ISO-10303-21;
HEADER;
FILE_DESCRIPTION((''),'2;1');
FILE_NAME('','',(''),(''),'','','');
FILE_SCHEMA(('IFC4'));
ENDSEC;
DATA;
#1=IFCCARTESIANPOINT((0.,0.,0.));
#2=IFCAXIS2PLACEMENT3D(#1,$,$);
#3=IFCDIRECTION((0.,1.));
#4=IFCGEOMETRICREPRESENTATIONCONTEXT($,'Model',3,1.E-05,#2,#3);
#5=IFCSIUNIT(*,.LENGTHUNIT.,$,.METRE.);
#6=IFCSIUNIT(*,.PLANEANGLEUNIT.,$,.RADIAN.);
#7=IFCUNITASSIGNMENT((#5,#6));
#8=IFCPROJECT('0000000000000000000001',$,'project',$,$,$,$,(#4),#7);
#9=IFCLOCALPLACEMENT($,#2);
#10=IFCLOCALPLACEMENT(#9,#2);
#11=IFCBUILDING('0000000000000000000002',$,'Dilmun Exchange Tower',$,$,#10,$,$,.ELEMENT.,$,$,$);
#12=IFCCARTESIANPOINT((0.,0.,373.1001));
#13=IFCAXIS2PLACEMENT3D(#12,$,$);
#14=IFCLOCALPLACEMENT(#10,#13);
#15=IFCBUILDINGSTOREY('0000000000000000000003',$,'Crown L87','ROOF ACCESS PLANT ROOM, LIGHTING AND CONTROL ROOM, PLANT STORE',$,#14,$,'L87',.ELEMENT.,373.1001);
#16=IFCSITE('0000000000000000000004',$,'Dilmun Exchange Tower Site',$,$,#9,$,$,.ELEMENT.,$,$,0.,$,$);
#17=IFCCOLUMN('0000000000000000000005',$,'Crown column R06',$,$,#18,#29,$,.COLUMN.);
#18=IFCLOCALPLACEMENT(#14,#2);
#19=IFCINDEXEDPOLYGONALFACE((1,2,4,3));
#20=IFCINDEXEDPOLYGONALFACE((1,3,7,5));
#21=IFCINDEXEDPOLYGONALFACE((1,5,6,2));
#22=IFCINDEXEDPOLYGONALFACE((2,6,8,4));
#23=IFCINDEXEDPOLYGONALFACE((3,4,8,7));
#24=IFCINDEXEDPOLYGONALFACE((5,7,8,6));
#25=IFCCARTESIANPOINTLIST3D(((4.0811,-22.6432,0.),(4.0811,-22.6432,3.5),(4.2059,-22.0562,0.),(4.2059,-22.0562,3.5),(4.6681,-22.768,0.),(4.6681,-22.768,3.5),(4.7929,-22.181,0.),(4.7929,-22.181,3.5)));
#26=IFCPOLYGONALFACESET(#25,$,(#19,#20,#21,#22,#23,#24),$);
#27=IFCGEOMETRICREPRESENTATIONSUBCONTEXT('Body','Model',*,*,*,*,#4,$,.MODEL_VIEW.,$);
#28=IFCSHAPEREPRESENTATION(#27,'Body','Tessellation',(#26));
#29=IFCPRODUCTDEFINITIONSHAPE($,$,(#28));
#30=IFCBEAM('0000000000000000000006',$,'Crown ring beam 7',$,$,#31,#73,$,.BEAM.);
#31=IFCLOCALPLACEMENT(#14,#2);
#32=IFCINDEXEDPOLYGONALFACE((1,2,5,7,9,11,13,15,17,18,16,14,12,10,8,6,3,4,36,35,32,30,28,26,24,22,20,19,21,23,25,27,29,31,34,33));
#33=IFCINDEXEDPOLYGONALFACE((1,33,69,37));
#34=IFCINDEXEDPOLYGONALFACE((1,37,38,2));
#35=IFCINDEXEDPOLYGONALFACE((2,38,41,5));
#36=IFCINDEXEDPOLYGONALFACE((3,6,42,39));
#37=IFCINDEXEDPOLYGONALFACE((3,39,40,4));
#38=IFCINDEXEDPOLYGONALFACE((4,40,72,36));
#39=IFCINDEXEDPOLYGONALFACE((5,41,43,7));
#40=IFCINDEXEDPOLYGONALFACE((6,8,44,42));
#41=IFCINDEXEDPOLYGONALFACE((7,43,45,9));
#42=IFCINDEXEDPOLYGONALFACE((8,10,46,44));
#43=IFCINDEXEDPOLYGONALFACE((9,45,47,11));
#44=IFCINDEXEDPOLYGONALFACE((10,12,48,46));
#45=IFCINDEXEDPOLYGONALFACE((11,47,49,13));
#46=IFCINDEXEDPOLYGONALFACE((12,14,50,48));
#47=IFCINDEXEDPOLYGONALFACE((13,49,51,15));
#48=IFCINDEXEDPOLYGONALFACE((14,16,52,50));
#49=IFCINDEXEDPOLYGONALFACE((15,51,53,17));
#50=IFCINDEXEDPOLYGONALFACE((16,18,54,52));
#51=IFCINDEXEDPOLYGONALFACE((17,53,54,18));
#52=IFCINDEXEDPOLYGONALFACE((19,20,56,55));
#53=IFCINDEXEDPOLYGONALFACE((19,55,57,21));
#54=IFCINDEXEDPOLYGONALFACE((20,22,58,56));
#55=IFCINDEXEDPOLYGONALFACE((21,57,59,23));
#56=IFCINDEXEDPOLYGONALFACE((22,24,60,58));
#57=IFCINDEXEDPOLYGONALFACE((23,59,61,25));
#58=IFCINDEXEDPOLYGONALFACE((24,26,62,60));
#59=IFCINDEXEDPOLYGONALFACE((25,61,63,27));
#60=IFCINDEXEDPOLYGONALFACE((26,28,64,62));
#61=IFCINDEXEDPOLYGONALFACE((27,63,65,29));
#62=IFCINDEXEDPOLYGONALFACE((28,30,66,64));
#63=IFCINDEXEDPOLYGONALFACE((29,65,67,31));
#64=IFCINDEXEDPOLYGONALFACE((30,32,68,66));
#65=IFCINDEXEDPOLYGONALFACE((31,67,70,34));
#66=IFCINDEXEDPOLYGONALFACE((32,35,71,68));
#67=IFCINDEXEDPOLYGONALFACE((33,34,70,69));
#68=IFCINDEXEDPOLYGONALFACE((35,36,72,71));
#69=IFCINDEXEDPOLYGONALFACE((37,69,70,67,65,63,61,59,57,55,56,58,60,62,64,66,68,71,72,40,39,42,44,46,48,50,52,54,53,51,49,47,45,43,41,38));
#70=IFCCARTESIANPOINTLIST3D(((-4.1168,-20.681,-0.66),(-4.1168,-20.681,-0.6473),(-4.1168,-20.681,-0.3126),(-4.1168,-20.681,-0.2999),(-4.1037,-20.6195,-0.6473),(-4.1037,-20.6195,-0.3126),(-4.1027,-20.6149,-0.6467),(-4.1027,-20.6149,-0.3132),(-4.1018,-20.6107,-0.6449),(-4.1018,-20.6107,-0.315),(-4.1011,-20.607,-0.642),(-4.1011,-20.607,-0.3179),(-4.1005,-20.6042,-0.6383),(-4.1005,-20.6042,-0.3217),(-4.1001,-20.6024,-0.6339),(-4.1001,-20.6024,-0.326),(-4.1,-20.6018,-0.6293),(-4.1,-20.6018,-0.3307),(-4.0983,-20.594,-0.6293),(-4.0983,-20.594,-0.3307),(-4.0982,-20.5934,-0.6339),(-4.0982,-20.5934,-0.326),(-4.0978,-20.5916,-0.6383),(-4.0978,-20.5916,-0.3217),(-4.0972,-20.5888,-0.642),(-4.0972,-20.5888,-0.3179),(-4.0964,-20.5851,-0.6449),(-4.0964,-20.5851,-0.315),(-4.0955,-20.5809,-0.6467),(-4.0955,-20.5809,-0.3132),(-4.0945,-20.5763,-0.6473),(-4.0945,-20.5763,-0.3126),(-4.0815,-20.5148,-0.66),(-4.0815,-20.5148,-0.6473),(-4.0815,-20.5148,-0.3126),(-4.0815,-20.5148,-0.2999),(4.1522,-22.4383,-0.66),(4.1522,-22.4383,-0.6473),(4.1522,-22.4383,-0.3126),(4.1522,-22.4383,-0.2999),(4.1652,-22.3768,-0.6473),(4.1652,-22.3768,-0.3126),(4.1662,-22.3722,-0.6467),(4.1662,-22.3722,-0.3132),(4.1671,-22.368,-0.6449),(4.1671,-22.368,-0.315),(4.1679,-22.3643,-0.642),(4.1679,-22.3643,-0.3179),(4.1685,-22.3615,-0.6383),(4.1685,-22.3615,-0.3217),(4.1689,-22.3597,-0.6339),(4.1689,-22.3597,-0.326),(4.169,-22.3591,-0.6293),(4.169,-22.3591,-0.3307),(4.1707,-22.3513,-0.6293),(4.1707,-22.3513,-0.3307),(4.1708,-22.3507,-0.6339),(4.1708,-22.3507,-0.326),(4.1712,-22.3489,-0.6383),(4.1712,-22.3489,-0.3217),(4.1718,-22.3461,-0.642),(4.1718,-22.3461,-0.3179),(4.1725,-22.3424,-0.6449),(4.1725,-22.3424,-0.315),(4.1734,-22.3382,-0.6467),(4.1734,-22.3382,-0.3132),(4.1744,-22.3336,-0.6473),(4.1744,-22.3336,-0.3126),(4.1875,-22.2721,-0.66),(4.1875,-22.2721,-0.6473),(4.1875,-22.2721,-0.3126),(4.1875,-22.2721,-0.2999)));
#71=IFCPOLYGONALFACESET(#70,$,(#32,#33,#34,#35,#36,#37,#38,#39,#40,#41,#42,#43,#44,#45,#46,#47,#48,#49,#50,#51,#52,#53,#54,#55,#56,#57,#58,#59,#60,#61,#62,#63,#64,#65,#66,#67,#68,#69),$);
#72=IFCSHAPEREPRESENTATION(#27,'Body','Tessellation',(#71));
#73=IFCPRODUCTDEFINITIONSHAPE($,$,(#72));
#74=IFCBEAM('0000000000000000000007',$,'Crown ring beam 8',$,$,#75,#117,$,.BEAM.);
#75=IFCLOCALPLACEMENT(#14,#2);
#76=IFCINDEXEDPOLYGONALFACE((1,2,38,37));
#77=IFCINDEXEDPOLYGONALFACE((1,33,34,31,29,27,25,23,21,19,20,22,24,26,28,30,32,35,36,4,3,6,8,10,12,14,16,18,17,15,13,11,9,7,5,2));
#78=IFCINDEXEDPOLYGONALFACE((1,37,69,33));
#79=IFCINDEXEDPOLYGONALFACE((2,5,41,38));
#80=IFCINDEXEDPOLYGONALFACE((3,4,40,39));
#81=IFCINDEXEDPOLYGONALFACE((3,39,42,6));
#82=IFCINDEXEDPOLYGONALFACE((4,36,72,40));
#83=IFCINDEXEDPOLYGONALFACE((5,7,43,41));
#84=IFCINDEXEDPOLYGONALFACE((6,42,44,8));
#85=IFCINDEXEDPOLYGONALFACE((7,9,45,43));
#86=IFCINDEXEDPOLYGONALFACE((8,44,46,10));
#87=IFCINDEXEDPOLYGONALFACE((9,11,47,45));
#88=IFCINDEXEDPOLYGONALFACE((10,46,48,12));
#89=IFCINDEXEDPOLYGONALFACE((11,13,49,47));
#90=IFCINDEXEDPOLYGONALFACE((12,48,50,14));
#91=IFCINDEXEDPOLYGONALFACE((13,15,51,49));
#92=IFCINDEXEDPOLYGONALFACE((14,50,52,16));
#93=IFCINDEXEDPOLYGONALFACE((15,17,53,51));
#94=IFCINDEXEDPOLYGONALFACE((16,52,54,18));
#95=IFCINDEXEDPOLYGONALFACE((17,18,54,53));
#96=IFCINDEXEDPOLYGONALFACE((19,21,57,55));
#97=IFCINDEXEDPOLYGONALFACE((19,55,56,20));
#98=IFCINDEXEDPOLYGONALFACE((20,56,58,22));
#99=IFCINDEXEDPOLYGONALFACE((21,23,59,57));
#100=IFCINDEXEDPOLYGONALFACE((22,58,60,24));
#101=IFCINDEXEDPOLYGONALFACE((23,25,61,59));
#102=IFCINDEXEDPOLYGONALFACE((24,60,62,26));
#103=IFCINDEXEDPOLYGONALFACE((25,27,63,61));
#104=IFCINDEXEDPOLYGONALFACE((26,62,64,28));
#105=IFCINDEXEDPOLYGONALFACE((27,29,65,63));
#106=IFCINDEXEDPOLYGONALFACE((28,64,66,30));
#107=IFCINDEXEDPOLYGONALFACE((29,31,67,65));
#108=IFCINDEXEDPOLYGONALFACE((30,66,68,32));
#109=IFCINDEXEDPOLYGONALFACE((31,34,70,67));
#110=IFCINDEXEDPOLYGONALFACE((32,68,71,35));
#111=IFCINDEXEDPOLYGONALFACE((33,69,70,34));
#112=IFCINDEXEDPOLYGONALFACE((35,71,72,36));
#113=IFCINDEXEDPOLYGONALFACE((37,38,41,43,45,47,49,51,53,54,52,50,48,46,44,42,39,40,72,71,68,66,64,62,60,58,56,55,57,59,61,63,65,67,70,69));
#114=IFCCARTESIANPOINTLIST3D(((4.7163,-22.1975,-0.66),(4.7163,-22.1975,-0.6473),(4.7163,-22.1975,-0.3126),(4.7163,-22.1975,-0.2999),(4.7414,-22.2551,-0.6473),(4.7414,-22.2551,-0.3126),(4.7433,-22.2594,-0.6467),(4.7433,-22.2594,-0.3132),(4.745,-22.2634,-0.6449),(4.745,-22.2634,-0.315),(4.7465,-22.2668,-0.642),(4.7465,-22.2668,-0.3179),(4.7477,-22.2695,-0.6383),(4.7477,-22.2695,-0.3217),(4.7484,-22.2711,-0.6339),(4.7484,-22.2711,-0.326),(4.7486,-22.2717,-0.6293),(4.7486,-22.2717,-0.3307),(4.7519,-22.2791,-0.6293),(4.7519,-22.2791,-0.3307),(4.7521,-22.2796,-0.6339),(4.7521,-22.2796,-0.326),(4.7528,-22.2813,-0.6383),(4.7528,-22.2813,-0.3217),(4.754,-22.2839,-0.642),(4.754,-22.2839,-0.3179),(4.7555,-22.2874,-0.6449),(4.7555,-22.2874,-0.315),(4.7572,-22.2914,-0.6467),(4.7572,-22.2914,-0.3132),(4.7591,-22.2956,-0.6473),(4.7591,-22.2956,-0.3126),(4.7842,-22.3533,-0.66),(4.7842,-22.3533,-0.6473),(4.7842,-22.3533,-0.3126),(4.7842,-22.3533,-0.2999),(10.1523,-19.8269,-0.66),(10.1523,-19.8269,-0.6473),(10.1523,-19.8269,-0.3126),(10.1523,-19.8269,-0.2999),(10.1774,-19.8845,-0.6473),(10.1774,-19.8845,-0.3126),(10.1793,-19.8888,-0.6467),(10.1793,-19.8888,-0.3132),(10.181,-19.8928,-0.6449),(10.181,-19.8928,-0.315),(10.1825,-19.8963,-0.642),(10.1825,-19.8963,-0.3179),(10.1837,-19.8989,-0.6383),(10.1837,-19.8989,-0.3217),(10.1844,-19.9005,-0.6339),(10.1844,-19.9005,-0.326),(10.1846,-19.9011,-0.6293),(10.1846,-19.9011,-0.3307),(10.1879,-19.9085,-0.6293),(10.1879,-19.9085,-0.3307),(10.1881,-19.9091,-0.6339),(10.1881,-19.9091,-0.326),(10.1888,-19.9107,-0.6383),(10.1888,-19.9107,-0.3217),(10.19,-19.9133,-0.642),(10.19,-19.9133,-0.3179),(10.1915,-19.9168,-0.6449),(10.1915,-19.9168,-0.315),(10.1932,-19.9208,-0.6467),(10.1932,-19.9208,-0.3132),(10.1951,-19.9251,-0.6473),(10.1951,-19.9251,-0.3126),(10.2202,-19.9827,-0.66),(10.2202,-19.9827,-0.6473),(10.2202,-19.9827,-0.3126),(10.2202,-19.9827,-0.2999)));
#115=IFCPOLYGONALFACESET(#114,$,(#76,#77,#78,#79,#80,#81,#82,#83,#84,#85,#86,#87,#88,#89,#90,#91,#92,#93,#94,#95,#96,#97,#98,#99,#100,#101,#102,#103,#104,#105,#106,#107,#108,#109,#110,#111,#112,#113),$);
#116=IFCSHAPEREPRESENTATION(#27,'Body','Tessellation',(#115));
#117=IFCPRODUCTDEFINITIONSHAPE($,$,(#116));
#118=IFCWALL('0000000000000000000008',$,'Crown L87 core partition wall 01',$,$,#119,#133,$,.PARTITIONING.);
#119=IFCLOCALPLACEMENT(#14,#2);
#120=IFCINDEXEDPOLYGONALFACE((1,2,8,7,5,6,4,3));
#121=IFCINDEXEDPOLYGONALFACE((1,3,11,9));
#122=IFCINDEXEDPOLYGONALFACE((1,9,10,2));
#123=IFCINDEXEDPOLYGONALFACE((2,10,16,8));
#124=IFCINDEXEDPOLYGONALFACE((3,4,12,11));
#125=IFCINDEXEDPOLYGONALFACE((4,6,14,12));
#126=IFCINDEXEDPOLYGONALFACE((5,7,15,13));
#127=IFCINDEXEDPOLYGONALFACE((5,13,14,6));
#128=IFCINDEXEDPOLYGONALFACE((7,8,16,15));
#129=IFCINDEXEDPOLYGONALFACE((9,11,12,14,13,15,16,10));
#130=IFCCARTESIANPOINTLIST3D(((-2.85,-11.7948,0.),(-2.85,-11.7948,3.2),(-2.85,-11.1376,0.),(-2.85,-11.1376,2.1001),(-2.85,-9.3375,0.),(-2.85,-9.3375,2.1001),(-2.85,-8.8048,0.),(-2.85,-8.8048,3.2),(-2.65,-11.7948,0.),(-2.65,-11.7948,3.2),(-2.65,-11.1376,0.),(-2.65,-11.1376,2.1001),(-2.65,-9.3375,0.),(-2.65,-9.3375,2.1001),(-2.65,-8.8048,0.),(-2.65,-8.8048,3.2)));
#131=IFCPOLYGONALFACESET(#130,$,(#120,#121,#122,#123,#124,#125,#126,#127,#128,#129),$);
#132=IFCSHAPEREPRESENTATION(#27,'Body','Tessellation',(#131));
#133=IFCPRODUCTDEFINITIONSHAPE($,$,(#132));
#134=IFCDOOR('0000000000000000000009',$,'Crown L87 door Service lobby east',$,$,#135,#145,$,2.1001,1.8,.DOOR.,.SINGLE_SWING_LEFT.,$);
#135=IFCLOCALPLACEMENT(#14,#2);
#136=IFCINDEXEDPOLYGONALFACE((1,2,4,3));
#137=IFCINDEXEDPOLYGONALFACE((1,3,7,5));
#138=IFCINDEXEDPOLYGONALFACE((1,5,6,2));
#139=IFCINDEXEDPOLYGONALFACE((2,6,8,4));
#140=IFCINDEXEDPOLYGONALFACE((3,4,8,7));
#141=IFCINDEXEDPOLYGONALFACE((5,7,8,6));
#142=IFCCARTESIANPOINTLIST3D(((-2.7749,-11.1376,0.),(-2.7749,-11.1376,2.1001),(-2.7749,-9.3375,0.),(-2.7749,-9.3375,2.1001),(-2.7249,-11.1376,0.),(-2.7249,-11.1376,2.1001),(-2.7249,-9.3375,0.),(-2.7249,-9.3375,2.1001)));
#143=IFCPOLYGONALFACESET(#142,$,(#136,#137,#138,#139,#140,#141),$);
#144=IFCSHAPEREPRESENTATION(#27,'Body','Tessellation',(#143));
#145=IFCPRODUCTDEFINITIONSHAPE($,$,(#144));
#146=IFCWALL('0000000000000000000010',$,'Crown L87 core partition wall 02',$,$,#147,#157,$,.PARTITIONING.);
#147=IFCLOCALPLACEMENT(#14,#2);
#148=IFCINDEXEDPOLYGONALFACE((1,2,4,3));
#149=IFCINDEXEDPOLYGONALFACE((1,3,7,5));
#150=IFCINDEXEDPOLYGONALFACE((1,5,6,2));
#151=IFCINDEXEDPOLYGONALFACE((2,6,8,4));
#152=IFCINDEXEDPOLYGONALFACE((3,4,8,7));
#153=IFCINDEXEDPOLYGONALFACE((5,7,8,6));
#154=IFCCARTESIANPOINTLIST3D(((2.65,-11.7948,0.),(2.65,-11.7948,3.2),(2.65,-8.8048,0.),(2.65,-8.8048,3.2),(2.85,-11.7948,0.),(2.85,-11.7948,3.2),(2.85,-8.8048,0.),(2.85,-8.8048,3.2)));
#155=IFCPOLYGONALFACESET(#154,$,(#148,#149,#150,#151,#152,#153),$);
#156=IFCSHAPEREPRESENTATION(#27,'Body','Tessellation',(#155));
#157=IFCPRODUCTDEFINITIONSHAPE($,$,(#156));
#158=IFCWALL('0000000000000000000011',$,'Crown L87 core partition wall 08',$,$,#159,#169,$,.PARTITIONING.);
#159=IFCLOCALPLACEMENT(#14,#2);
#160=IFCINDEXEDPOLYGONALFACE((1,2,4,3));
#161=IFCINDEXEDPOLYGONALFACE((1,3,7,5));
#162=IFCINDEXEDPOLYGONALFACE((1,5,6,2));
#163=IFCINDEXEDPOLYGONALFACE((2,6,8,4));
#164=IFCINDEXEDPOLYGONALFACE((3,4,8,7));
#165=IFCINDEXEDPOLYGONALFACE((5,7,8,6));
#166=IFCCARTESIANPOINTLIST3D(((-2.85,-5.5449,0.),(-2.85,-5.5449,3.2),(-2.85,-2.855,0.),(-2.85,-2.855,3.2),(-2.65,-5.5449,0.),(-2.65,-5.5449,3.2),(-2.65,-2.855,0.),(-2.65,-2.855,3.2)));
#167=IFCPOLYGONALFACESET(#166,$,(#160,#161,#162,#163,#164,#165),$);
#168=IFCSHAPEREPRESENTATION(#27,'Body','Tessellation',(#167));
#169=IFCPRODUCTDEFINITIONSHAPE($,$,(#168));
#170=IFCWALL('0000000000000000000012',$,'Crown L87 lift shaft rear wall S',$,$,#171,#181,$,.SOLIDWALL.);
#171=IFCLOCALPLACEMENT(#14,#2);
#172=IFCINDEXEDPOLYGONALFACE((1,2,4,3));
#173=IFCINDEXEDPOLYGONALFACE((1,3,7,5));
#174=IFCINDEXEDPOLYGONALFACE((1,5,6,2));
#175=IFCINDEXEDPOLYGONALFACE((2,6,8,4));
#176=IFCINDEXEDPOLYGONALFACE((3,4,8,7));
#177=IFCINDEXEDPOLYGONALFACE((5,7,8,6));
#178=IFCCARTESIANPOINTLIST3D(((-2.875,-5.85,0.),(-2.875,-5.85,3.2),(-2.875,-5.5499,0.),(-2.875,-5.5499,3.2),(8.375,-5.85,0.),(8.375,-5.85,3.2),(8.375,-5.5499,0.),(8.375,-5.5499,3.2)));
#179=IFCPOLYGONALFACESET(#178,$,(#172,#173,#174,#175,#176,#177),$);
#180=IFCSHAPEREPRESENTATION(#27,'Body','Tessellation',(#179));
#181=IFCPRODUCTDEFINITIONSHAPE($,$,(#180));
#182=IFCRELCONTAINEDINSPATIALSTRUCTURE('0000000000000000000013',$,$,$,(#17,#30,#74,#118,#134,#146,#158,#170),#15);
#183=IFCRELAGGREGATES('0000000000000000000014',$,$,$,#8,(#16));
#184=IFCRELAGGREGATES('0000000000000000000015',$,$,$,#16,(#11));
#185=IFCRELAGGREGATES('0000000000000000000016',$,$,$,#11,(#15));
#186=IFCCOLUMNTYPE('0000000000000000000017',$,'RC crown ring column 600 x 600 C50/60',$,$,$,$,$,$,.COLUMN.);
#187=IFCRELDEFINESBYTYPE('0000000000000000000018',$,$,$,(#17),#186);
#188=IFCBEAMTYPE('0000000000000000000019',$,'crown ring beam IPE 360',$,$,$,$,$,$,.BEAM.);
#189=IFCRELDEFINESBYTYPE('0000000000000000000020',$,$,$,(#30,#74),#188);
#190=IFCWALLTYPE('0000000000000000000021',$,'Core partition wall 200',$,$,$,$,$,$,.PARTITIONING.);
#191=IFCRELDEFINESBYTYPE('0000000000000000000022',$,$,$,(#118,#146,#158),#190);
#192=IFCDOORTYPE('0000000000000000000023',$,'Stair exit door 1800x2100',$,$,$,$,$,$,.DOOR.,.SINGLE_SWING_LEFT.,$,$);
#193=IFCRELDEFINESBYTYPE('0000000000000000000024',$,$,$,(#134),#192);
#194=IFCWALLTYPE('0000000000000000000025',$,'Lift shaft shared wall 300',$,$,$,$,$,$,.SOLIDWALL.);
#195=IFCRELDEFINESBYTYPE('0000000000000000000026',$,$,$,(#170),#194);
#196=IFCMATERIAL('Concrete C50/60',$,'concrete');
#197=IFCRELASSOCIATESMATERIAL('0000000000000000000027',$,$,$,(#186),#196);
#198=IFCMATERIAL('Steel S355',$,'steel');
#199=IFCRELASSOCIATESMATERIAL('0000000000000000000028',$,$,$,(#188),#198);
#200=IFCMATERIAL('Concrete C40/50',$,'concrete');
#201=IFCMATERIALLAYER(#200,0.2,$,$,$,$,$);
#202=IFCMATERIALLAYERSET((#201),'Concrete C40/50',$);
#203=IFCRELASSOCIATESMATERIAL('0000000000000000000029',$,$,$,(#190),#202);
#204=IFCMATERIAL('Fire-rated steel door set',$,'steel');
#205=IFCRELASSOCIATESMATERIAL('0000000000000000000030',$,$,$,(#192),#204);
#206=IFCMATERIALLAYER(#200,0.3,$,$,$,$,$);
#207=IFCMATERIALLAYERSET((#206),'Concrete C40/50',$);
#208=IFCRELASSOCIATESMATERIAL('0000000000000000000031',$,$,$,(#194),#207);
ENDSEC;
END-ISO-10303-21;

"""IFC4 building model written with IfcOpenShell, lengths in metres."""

from ifc_helpers import new_model, si_unit, direction, frame, frame_2d, origin, origin_2d, place, context, subcontext, project, spatial, rectangle, i_section, extrude, material, layer, layer_set, material_profile, profile_set, type_object, element, fill, save


model = new_model("IFC4")

# Units and contexts
model_context = context("Model", 3, precision=1e-05, world=origin(), true_north=direction((0.0, 1.0)))
body_context = subcontext(model_context, "Body", "Model", "MODEL_VIEW")
ifc_project = project(units=[si_unit("LENGTHUNIT", "METRE"), si_unit("PLANEANGLEUNIT", "RADIAN")], contexts=[model_context])

# Site, building, storey
site_placement = place(None, origin())
site = spatial("IfcSite", under=ifc_project, at=site_placement, Name="Dilmun Exchange Tower Site", CompositionType="ELEMENT", RefElevation=0.0)
building_placement = place(site_placement, origin())
building = spatial("IfcBuilding", under=site, at=building_placement, Name="Dilmun Exchange Tower", CompositionType="ELEMENT")
storey_placement = place(building_placement, frame((0.0, 0.0, 373.1001)))
storey = spatial("IfcBuildingStorey", under=building, at=storey_placement, Name="Crown L87", Description="ROOF ACCESS PLANT ROOM, LIGHTING AND CONTROL ROOM, PLANT STORE", LongName="L87", CompositionType="ELEMENT", Elevation=373.1001)

# Column
ifc_material_1 = material(Name="Concrete C50/60", Category="concrete")
ifc_material_profile_1 = material_profile(ifc_material_1, rectangle(XDim=0.6001, YDim=0.6001, at=origin_2d()), Name="600 x 600")
ifc_profile_set_1 = profile_set([ifc_material_profile_1], Name="Concrete C50/60")
column_type = type_object("IfcColumnType", Name="RC crown ring column 600 x 600 C50/60", PredefinedType="COLUMN", material=ifc_profile_set_1)
column_placement = place(storey_placement, frame((4.437, -22.4121, 0.0), z_axis=(0.0, 0.0, 1.0), x_axis=(0.207912, 0.978148, 0.0)))
element("IfcColumn", 1, at=column_placement, inside=storey, type_object=column_type, Name="Crown column R06", PredefinedType="COLUMN", context=body_context, shape_type="SweptSolid", body=[
    extrude(rectangle(XDim=0.6001, YDim=0.6001, at=origin_2d()), origin(), (0.0, 0.0, 1.0), 3.5),
])

# Beams
ifc_material_2 = material(Name="Steel S355", Category="steel")
ifc_material_profile_2 = material_profile(ifc_material_2, i_section(OverallWidth=0.1699, OverallDepth=0.3601, WebThickness=0.0081, FlangeThickness=0.0127, FilletRadius=0.0181, at=origin_2d()), Name="IPE 360")
ifc_profile_set_2 = profile_set([ifc_material_profile_2], Name="Steel S355")
beam_type = type_object("IfcBeamType", Name="crown ring beam IPE 360", PredefinedType="BEAM", material=ifc_profile_set_2)
beam_1_placement = place(storey_placement, frame((-4.0991, -20.5979, -0.48), z_axis=(0.978155, -0.207876, 0.0), x_axis=(0.207876, 0.978155, 0.0)))
element("IfcBeam", 2, at=beam_1_placement, inside=storey, type_object=beam_type, Name="Crown ring beam 7", PredefinedType="BEAM", context=body_context, shape_type="SweptSolid", body=[
    extrude(i_section(OverallWidth=0.1699, OverallDepth=0.3601, WebThickness=0.0081, FlangeThickness=0.0127, FilletRadius=0.0181, at=origin_2d()), origin(), (0.0, 0.0, 1.0), 8.4536),
])
beam_2_placement = place(storey_placement, frame((4.7502, -22.2754, -0.48), z_axis=(0.916631, 0.399734, 0.0), x_axis=(-0.399734, 0.916631, 0.0)))
element("IfcBeam", 3, at=beam_2_placement, inside=storey, type_object=beam_type, Name="Crown ring beam 8", PredefinedType="BEAM", context=body_context, shape_type="SweptSolid", body=[
    extrude(i_section(OverallWidth=0.1699, OverallDepth=0.3601, WebThickness=0.0081, FlangeThickness=0.0127, FilletRadius=0.0181, at=origin_2d()), origin(), (0.0, 0.0, 1.0), 5.9304),
])

# Wall, opening, door
ifc_material_3 = material(Name="Concrete C40/50", Category="concrete")
ifc_layer_1 = layer(ifc_material_3, 0.2)
ifc_layer_set_1 = layer_set([ifc_layer_1], Name="Concrete C40/50")
wall_type_1 = type_object("IfcWallType", Name="Core partition wall 200", PredefinedType="PARTITIONING", material=ifc_layer_set_1)
wall_1_placement = place(storey_placement, frame((-2.75, -11.7949, 0.0), z_axis=(0.0, 0.0, 1.0), x_axis=(0.0, 1.0, 0.0)))
wall_1 = element("IfcWall", 4, at=wall_1_placement, inside=storey, type_object=wall_type_1, Name="Crown L87 core partition wall 01", PredefinedType="PARTITIONING", context=body_context, shape_type="SweptSolid", body=[
    extrude(rectangle(XDim=2.99, YDim=0.2, at=frame_2d((1.4951, 0.0))), origin(), (0.0, 0.0, 1.0), 3.2),
])
opening_1_placement = place(wall_1_placement, frame((0.6575, 0.0, 0.0)))
opening_1 = element("IfcOpeningElement", 5, at=opening_1_placement, cuts=wall_1, PredefinedType="OPENING", context=body_context, shape_type="SweptSolid", body=[
    extrude(rectangle(XDim=1.8, YDim=2.1001, at=frame_2d((0.8999, 1.05))), frame((0.0, 0.1099, 0.0), z_axis=(0.0, -1.0, 0.0), x_axis=(1.0, 0.0, 0.0)), (0.0, 0.0, 1.0), 0.22),
])
ifc_material_4 = material(Name="Fire-rated steel door set", Category="steel")
door_type_1 = type_object("IfcDoorType", Name="Stair exit door 1800x2100", OperationType="SINGLE_SWING_LEFT", PredefinedType="DOOR", material=ifc_material_4)
door_1_placement = place(opening_1_placement, origin())
door_1 = element("IfcDoor", 6, at=door_1_placement, inside=storey, type_object=door_type_1, Name="Crown L87 door Service lobby east", OperationType="SINGLE_SWING_LEFT", OverallHeight=2.1001, OverallWidth=1.8, PredefinedType="DOOR", context=body_context, shape_type="SweptSolid", body=[
    extrude(rectangle(XDim=1.8, YDim=2.1001, at=frame_2d((0.8999, 1.05))), frame((0.0, 0.0249, 0.0), z_axis=(0.0, -1.0, 0.0), x_axis=(1.0, 0.0, 0.0)), (0.0, 0.0, 1.0), 0.05),
])
fill(opening_1, door_1)

# Walls
wall_2_placement = place(storey_placement, frame((2.75, -11.7949, 0.0), z_axis=(0.0, 0.0, 1.0), x_axis=(0.0, 1.0, 0.0)))
element("IfcWall", 7, at=wall_2_placement, inside=storey, type_object=wall_type_1, Name="Crown L87 core partition wall 02", PredefinedType="PARTITIONING", context=body_context, shape_type="SweptSolid", body=[
    extrude(rectangle(XDim=2.99, YDim=0.2, at=frame_2d((1.4951, 0.0))), origin(), (0.0, 0.0, 1.0), 3.2),
])
wall_3_placement = place(storey_placement, frame((-2.75, -5.5449, 0.0), z_axis=(0.0, 0.0, 1.0), x_axis=(0.0, 1.0, 0.0)))
element("IfcWall", 8, at=wall_3_placement, inside=storey, type_object=wall_type_1, Name="Crown L87 core partition wall 08", PredefinedType="PARTITIONING", context=body_context, shape_type="SweptSolid", body=[
    extrude(rectangle(XDim=2.6899, YDim=0.2, at=frame_2d((1.345, 0.0))), origin(), (0.0, 0.0, 1.0), 3.2),
])
ifc_layer_2 = layer(ifc_material_3, 0.3)
ifc_layer_set_2 = layer_set([ifc_layer_2], Name="Concrete C40/50")
wall_type_2 = type_object("IfcWallType", Name="Lift shaft shared wall 300", PredefinedType="SOLIDWALL", material=ifc_layer_set_2)
wall_4_placement = place(storey_placement, frame((-2.875, -5.7, 0.0), z_axis=(0.0, 0.0, 1.0), x_axis=(1.0, 0.0, 0.0)))
element("IfcWall", 9, at=wall_4_placement, inside=storey, type_object=wall_type_2, Name="Crown L87 lift shaft rear wall S", PredefinedType="SOLIDWALL", context=body_context, shape_type="SweptSolid", body=[
    extrude(rectangle(XDim=11.25, YDim=0.3, at=frame_2d((5.625, 0.0))), origin(), (0.0, 0.0, 1.0), 3.2),
])

save(model, "model.ifc")
